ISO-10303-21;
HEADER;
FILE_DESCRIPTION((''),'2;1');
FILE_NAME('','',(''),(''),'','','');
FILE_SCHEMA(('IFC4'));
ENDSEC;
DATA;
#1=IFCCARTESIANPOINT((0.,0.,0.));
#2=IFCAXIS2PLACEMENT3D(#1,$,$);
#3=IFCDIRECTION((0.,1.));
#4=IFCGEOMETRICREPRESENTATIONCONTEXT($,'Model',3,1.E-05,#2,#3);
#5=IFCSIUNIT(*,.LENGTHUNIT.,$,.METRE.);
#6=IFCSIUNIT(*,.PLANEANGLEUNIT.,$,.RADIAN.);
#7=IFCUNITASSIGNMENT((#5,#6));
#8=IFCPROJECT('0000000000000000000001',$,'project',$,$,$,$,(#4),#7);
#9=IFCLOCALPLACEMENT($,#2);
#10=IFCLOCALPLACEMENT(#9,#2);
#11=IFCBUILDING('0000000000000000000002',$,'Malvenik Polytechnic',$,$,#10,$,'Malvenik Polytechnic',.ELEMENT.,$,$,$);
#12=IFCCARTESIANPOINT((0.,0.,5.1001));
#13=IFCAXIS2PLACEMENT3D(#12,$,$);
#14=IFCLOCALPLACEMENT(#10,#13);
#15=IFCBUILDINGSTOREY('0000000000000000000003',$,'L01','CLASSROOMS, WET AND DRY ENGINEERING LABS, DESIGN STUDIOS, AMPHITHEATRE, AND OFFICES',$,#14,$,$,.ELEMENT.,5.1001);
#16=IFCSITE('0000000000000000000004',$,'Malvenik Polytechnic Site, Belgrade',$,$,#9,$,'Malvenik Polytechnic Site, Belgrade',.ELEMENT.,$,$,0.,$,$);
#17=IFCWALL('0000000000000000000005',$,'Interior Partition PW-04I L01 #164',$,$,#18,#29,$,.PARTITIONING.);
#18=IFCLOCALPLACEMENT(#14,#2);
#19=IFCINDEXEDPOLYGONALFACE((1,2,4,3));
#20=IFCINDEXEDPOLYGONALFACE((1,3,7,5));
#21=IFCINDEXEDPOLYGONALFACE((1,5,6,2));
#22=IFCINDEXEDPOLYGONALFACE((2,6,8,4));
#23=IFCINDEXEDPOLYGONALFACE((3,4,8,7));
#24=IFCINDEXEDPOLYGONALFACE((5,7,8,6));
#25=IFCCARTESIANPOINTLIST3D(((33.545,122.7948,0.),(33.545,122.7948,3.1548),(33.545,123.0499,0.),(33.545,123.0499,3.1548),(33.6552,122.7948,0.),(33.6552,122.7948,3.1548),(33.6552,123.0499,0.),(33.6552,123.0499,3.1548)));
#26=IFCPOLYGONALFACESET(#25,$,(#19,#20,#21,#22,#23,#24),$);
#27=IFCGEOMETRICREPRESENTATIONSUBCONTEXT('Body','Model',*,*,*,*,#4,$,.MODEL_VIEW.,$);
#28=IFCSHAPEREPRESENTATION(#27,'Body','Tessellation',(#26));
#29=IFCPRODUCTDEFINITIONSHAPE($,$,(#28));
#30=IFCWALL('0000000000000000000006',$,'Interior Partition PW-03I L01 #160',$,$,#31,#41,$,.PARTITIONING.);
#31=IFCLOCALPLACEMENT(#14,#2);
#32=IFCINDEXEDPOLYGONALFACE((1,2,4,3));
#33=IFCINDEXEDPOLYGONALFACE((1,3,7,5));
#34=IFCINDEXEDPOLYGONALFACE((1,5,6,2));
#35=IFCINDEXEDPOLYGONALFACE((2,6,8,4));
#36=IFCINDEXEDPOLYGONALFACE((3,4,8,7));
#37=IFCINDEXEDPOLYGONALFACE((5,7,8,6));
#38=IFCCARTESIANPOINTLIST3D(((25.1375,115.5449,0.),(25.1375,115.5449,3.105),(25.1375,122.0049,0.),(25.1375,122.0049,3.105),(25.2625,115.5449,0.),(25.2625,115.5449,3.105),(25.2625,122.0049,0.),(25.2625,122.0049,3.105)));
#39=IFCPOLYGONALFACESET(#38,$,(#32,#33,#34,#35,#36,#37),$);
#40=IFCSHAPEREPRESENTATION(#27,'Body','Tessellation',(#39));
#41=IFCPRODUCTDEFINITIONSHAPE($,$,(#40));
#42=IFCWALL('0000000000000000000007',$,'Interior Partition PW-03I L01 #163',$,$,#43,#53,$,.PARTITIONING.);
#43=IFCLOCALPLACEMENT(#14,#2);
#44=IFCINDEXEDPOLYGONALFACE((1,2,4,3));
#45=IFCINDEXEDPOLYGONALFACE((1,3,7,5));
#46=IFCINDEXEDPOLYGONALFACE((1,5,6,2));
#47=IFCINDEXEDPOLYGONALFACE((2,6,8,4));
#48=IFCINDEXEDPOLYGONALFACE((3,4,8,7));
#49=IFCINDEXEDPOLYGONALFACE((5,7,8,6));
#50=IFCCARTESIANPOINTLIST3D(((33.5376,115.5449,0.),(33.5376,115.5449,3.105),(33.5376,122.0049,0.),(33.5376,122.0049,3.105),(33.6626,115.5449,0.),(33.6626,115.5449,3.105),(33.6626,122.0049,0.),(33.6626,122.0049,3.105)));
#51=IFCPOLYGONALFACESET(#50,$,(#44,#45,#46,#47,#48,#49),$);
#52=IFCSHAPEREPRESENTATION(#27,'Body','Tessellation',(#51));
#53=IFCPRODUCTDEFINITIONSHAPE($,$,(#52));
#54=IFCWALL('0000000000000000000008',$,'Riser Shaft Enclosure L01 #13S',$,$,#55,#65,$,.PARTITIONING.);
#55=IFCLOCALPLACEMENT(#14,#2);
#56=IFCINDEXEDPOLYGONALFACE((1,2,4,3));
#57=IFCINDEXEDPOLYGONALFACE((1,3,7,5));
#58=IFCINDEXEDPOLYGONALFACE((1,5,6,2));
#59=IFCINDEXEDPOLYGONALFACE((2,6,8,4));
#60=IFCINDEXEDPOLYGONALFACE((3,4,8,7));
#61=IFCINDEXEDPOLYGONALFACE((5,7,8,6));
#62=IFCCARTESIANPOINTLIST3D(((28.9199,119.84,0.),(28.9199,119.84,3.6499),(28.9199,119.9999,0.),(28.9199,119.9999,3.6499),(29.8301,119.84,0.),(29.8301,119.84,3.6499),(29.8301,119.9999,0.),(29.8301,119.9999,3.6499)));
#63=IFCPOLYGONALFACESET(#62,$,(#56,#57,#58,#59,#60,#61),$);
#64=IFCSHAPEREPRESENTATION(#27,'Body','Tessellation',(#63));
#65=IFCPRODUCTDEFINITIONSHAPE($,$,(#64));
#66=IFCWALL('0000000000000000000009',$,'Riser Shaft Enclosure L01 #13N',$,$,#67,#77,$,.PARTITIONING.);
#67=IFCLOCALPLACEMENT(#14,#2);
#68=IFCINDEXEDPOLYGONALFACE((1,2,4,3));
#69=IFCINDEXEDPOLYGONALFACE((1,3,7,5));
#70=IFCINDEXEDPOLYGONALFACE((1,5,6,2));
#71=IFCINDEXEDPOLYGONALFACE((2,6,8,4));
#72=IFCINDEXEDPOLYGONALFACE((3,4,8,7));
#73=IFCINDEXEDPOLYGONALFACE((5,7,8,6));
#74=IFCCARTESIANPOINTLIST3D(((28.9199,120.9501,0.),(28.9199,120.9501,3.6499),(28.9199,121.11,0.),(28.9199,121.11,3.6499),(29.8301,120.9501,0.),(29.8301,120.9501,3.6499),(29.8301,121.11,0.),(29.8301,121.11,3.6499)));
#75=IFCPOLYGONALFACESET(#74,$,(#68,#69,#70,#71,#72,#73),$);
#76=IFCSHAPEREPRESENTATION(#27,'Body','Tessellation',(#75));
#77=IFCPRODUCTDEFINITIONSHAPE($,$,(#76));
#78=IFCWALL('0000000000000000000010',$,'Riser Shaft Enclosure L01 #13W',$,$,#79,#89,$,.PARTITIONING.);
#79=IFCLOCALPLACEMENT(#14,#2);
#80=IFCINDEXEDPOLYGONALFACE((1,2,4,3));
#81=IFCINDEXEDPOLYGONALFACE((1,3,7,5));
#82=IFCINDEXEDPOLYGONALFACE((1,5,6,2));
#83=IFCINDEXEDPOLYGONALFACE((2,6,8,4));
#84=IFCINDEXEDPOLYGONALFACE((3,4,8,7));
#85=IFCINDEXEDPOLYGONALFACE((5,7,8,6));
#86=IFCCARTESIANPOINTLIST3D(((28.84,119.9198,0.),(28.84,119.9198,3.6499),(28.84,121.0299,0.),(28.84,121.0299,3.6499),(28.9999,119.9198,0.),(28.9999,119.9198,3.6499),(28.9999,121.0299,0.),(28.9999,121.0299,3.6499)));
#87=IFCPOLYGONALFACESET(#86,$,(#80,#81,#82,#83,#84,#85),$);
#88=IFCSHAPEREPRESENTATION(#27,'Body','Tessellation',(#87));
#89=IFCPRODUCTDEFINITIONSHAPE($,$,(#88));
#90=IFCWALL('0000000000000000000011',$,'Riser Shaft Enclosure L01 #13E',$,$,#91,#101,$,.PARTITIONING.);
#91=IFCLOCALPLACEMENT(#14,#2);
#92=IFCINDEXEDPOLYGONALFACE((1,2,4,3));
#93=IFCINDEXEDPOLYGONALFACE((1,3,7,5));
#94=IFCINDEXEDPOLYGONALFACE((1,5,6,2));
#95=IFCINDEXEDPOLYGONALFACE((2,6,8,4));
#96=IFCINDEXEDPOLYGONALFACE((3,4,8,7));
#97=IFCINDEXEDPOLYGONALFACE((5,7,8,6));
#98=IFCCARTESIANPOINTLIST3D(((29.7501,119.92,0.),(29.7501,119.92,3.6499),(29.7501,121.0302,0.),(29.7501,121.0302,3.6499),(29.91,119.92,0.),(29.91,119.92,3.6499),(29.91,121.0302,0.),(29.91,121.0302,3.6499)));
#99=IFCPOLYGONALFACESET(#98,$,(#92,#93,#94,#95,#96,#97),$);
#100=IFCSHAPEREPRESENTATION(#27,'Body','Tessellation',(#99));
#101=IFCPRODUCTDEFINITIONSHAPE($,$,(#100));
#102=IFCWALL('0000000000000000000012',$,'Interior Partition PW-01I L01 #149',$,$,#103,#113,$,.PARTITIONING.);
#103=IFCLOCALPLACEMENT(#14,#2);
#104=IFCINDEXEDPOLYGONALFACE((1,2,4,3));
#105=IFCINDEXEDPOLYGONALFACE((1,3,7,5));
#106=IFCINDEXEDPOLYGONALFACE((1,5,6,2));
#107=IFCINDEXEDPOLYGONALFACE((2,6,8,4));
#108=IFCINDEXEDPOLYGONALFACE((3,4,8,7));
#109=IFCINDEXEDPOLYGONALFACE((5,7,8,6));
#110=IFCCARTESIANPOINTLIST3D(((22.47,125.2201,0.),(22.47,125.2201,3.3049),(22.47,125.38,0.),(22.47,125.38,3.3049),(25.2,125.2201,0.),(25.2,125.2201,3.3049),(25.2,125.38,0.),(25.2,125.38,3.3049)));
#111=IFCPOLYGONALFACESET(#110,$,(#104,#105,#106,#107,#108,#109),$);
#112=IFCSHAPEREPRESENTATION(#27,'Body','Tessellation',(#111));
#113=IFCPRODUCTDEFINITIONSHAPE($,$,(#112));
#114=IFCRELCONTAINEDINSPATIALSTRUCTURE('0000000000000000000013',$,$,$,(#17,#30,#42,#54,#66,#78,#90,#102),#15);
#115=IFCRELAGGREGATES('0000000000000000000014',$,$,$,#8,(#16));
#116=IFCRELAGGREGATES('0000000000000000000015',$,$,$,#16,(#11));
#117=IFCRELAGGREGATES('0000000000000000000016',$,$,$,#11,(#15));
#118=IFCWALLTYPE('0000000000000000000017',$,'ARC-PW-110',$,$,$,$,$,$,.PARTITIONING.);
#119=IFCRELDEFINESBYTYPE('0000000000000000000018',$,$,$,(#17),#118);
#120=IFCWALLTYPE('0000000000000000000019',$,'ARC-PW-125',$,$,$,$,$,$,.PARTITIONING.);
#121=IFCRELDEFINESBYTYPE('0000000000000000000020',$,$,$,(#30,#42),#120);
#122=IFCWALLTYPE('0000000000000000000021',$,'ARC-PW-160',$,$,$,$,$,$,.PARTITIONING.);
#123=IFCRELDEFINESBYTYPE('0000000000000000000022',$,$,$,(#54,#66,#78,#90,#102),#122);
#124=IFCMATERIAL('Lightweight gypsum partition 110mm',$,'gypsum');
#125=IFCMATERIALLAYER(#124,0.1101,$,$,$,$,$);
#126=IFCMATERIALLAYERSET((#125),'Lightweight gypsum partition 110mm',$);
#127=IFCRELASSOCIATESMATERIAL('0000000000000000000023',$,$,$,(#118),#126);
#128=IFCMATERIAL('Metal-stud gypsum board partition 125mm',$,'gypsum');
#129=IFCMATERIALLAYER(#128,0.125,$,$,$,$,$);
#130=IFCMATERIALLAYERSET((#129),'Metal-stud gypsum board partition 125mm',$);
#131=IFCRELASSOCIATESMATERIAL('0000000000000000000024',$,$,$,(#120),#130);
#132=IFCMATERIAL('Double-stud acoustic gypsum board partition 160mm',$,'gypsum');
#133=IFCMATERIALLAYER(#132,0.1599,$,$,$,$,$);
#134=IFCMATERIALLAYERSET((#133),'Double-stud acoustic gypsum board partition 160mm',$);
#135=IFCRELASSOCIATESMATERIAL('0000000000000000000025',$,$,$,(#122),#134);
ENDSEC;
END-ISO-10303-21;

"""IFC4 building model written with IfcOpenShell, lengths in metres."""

from ifc_helpers import new_model, si_unit, direction, frame, frame_2d, origin, place, context, subcontext, project, spatial, rectangle, extrude, material, layer, layer_set, type_object, element, save


model = new_model("IFC4")

# Units and contexts
model_context = context("Model", 3, precision=1e-05, world=origin(), true_north=direction((0.0, 1.0)))
body_context = subcontext(model_context, "Body", "Model", "MODEL_VIEW")
ifc_project = project(units=[si_unit("LENGTHUNIT", "METRE"), si_unit("PLANEANGLEUNIT", "RADIAN")], contexts=[model_context])

# Site, building, storey
site_placement = place(None, origin())
site = spatial("IfcSite", under=ifc_project, at=site_placement, Name="Malvenik Polytechnic Site, Belgrade", LongName="Malvenik Polytechnic Site, Belgrade", CompositionType="ELEMENT", RefElevation=0.0)
building_placement = place(site_placement, origin())
building = spatial("IfcBuilding", under=site, at=building_placement, Name="Malvenik Polytechnic", LongName="Malvenik Polytechnic", CompositionType="ELEMENT")
storey_placement = place(building_placement, frame((0.0, 0.0, 5.1001)))
storey = spatial("IfcBuildingStorey", under=building, at=storey_placement, Name="L01", Description="CLASSROOMS, WET AND DRY ENGINEERING LABS, DESIGN STUDIOS, AMPHITHEATRE, AND OFFICES", CompositionType="ELEMENT", Elevation=5.1001)

# Walls
ifc_material_1 = material(Name="Lightweight gypsum partition 110mm", Category="gypsum")
ifc_layer_1 = layer(ifc_material_1, 0.1101)
ifc_layer_set_1 = layer_set([ifc_layer_1], Name="Lightweight gypsum partition 110mm")
wall_type_1 = type_object("IfcWallType", Name="ARC-PW-110", PredefinedType="PARTITIONING", material=ifc_layer_set_1)
for number, where, z_axis, x_axis, name in (
    (1, (33.6001, 122.7949, 0.0), (0.0, 0.0, 1.0), (0.0, 1.0, 0.0), "Interior Partition PW-04I L01 #164"),
):
    element("IfcWall", number, at=place(storey_placement, frame(where, z_axis=z_axis, x_axis=x_axis)), inside=storey, type_object=wall_type_1, Name=name, PredefinedType="PARTITIONING", context=body_context, shape_type="SweptSolid", body=[
        extrude(rectangle(XDim=0.2551, YDim=0.1101, at=frame_2d((0.1274, 0.0))), origin(), (0.0, 0.0, 1.0), 3.1548),
    ])
ifc_material_2 = material(Name="Metal-stud gypsum board partition 125mm", Category="gypsum")
ifc_layer_2 = layer(ifc_material_2, 0.125)
ifc_layer_set_2 = layer_set([ifc_layer_2], Name="Metal-stud gypsum board partition 125mm")
wall_type_2 = type_object("IfcWallType", Name="ARC-PW-125", PredefinedType="PARTITIONING", material=ifc_layer_set_2)
for number, where, z_axis, x_axis, name in (
    (2, (25.2, 115.5449, 0.0), (0.0, 0.0, 1.0), (0.0, 1.0, 0.0), "Interior Partition PW-03I L01 #160"),
    (3, (33.6001, 115.5449, 0.0), (0.0, 0.0, 1.0), (0.0, 1.0, 0.0), "Interior Partition PW-03I L01 #163"),
):
    element("IfcWall", number, at=place(storey_placement, frame(where, z_axis=z_axis, x_axis=x_axis)), inside=storey, type_object=wall_type_2, Name=name, PredefinedType="PARTITIONING", context=body_context, shape_type="SweptSolid", body=[
        extrude(rectangle(XDim=6.46, YDim=0.125, at=frame_2d((3.23, 0.0))), origin(), (0.0, 0.0, 1.0), 3.105),
    ])
ifc_material_3 = material(Name="Double-stud acoustic gypsum board partition 160mm", Category="gypsum")
ifc_layer_3 = layer(ifc_material_3, 0.1599)
ifc_layer_set_3 = layer_set([ifc_layer_3], Name="Double-stud acoustic gypsum board partition 160mm")
wall_type_3 = type_object("IfcWallType", Name="ARC-PW-160", PredefinedType="PARTITIONING", material=ifc_layer_set_3)
for number, where, z_axis, x_axis, name in (
    (4, (28.9199, 119.9199, 0.0), (0.0, 0.0, 1.0), (1.0, 0.0, 0.0), "Riser Shaft Enclosure L01 #13S"),
    (5, (29.8301, 121.03, 0.0), (0.0, 0.0, 1.0), (-1.0, 0.0, 0.0), "Riser Shaft Enclosure L01 #13N"),
):
    element("IfcWall", number, at=place(storey_placement, frame(where, z_axis=z_axis, x_axis=x_axis)), inside=storey, type_object=wall_type_3, Name=name, PredefinedType="PARTITIONING", context=body_context, shape_type="SweptSolid", body=[
        extrude(rectangle(XDim=0.9102, YDim=0.1599, at=frame_2d((0.4551, 0.0))), origin(), (0.0, 0.0, 1.0), 3.6499),
    ])
for number, where, z_axis, x_axis, name in (
    (6, (28.9199, 121.03, 0.0), (0.0, 0.0, 1.0), (0.0, -1.0, 0.0), "Riser Shaft Enclosure L01 #13W"),
    (7, (29.8301, 119.9199, 0.0), (0.0, 0.0, 1.0), (0.0, 1.0, 0.0), "Riser Shaft Enclosure L01 #13E"),
):
    element("IfcWall", number, at=place(storey_placement, frame(where, z_axis=z_axis, x_axis=x_axis)), inside=storey, type_object=wall_type_3, Name=name, PredefinedType="PARTITIONING", context=body_context, shape_type="SweptSolid", body=[
        extrude(rectangle(XDim=1.1101, YDim=0.1599, at=frame_2d((0.5552, 0.0))), origin(), (0.0, 0.0, 1.0), 3.6499),
    ])
wall_1_placement = place(storey_placement, frame((22.47, 125.3, 0.0), z_axis=(0.0, 0.0, 1.0), x_axis=(1.0, 0.0, 0.0)))
element("IfcWall", 8, at=wall_1_placement, inside=storey, type_object=wall_type_3, Name="Interior Partition PW-01I L01 #149", PredefinedType="PARTITIONING", context=body_context, shape_type="SweptSolid", body=[
    extrude(rectangle(XDim=2.73, YDim=0.1599, at=frame_2d((1.365, 0.0))), origin(), (0.0, 0.0, 1.0), 3.3049),
])

save(model, "model.ifc")
